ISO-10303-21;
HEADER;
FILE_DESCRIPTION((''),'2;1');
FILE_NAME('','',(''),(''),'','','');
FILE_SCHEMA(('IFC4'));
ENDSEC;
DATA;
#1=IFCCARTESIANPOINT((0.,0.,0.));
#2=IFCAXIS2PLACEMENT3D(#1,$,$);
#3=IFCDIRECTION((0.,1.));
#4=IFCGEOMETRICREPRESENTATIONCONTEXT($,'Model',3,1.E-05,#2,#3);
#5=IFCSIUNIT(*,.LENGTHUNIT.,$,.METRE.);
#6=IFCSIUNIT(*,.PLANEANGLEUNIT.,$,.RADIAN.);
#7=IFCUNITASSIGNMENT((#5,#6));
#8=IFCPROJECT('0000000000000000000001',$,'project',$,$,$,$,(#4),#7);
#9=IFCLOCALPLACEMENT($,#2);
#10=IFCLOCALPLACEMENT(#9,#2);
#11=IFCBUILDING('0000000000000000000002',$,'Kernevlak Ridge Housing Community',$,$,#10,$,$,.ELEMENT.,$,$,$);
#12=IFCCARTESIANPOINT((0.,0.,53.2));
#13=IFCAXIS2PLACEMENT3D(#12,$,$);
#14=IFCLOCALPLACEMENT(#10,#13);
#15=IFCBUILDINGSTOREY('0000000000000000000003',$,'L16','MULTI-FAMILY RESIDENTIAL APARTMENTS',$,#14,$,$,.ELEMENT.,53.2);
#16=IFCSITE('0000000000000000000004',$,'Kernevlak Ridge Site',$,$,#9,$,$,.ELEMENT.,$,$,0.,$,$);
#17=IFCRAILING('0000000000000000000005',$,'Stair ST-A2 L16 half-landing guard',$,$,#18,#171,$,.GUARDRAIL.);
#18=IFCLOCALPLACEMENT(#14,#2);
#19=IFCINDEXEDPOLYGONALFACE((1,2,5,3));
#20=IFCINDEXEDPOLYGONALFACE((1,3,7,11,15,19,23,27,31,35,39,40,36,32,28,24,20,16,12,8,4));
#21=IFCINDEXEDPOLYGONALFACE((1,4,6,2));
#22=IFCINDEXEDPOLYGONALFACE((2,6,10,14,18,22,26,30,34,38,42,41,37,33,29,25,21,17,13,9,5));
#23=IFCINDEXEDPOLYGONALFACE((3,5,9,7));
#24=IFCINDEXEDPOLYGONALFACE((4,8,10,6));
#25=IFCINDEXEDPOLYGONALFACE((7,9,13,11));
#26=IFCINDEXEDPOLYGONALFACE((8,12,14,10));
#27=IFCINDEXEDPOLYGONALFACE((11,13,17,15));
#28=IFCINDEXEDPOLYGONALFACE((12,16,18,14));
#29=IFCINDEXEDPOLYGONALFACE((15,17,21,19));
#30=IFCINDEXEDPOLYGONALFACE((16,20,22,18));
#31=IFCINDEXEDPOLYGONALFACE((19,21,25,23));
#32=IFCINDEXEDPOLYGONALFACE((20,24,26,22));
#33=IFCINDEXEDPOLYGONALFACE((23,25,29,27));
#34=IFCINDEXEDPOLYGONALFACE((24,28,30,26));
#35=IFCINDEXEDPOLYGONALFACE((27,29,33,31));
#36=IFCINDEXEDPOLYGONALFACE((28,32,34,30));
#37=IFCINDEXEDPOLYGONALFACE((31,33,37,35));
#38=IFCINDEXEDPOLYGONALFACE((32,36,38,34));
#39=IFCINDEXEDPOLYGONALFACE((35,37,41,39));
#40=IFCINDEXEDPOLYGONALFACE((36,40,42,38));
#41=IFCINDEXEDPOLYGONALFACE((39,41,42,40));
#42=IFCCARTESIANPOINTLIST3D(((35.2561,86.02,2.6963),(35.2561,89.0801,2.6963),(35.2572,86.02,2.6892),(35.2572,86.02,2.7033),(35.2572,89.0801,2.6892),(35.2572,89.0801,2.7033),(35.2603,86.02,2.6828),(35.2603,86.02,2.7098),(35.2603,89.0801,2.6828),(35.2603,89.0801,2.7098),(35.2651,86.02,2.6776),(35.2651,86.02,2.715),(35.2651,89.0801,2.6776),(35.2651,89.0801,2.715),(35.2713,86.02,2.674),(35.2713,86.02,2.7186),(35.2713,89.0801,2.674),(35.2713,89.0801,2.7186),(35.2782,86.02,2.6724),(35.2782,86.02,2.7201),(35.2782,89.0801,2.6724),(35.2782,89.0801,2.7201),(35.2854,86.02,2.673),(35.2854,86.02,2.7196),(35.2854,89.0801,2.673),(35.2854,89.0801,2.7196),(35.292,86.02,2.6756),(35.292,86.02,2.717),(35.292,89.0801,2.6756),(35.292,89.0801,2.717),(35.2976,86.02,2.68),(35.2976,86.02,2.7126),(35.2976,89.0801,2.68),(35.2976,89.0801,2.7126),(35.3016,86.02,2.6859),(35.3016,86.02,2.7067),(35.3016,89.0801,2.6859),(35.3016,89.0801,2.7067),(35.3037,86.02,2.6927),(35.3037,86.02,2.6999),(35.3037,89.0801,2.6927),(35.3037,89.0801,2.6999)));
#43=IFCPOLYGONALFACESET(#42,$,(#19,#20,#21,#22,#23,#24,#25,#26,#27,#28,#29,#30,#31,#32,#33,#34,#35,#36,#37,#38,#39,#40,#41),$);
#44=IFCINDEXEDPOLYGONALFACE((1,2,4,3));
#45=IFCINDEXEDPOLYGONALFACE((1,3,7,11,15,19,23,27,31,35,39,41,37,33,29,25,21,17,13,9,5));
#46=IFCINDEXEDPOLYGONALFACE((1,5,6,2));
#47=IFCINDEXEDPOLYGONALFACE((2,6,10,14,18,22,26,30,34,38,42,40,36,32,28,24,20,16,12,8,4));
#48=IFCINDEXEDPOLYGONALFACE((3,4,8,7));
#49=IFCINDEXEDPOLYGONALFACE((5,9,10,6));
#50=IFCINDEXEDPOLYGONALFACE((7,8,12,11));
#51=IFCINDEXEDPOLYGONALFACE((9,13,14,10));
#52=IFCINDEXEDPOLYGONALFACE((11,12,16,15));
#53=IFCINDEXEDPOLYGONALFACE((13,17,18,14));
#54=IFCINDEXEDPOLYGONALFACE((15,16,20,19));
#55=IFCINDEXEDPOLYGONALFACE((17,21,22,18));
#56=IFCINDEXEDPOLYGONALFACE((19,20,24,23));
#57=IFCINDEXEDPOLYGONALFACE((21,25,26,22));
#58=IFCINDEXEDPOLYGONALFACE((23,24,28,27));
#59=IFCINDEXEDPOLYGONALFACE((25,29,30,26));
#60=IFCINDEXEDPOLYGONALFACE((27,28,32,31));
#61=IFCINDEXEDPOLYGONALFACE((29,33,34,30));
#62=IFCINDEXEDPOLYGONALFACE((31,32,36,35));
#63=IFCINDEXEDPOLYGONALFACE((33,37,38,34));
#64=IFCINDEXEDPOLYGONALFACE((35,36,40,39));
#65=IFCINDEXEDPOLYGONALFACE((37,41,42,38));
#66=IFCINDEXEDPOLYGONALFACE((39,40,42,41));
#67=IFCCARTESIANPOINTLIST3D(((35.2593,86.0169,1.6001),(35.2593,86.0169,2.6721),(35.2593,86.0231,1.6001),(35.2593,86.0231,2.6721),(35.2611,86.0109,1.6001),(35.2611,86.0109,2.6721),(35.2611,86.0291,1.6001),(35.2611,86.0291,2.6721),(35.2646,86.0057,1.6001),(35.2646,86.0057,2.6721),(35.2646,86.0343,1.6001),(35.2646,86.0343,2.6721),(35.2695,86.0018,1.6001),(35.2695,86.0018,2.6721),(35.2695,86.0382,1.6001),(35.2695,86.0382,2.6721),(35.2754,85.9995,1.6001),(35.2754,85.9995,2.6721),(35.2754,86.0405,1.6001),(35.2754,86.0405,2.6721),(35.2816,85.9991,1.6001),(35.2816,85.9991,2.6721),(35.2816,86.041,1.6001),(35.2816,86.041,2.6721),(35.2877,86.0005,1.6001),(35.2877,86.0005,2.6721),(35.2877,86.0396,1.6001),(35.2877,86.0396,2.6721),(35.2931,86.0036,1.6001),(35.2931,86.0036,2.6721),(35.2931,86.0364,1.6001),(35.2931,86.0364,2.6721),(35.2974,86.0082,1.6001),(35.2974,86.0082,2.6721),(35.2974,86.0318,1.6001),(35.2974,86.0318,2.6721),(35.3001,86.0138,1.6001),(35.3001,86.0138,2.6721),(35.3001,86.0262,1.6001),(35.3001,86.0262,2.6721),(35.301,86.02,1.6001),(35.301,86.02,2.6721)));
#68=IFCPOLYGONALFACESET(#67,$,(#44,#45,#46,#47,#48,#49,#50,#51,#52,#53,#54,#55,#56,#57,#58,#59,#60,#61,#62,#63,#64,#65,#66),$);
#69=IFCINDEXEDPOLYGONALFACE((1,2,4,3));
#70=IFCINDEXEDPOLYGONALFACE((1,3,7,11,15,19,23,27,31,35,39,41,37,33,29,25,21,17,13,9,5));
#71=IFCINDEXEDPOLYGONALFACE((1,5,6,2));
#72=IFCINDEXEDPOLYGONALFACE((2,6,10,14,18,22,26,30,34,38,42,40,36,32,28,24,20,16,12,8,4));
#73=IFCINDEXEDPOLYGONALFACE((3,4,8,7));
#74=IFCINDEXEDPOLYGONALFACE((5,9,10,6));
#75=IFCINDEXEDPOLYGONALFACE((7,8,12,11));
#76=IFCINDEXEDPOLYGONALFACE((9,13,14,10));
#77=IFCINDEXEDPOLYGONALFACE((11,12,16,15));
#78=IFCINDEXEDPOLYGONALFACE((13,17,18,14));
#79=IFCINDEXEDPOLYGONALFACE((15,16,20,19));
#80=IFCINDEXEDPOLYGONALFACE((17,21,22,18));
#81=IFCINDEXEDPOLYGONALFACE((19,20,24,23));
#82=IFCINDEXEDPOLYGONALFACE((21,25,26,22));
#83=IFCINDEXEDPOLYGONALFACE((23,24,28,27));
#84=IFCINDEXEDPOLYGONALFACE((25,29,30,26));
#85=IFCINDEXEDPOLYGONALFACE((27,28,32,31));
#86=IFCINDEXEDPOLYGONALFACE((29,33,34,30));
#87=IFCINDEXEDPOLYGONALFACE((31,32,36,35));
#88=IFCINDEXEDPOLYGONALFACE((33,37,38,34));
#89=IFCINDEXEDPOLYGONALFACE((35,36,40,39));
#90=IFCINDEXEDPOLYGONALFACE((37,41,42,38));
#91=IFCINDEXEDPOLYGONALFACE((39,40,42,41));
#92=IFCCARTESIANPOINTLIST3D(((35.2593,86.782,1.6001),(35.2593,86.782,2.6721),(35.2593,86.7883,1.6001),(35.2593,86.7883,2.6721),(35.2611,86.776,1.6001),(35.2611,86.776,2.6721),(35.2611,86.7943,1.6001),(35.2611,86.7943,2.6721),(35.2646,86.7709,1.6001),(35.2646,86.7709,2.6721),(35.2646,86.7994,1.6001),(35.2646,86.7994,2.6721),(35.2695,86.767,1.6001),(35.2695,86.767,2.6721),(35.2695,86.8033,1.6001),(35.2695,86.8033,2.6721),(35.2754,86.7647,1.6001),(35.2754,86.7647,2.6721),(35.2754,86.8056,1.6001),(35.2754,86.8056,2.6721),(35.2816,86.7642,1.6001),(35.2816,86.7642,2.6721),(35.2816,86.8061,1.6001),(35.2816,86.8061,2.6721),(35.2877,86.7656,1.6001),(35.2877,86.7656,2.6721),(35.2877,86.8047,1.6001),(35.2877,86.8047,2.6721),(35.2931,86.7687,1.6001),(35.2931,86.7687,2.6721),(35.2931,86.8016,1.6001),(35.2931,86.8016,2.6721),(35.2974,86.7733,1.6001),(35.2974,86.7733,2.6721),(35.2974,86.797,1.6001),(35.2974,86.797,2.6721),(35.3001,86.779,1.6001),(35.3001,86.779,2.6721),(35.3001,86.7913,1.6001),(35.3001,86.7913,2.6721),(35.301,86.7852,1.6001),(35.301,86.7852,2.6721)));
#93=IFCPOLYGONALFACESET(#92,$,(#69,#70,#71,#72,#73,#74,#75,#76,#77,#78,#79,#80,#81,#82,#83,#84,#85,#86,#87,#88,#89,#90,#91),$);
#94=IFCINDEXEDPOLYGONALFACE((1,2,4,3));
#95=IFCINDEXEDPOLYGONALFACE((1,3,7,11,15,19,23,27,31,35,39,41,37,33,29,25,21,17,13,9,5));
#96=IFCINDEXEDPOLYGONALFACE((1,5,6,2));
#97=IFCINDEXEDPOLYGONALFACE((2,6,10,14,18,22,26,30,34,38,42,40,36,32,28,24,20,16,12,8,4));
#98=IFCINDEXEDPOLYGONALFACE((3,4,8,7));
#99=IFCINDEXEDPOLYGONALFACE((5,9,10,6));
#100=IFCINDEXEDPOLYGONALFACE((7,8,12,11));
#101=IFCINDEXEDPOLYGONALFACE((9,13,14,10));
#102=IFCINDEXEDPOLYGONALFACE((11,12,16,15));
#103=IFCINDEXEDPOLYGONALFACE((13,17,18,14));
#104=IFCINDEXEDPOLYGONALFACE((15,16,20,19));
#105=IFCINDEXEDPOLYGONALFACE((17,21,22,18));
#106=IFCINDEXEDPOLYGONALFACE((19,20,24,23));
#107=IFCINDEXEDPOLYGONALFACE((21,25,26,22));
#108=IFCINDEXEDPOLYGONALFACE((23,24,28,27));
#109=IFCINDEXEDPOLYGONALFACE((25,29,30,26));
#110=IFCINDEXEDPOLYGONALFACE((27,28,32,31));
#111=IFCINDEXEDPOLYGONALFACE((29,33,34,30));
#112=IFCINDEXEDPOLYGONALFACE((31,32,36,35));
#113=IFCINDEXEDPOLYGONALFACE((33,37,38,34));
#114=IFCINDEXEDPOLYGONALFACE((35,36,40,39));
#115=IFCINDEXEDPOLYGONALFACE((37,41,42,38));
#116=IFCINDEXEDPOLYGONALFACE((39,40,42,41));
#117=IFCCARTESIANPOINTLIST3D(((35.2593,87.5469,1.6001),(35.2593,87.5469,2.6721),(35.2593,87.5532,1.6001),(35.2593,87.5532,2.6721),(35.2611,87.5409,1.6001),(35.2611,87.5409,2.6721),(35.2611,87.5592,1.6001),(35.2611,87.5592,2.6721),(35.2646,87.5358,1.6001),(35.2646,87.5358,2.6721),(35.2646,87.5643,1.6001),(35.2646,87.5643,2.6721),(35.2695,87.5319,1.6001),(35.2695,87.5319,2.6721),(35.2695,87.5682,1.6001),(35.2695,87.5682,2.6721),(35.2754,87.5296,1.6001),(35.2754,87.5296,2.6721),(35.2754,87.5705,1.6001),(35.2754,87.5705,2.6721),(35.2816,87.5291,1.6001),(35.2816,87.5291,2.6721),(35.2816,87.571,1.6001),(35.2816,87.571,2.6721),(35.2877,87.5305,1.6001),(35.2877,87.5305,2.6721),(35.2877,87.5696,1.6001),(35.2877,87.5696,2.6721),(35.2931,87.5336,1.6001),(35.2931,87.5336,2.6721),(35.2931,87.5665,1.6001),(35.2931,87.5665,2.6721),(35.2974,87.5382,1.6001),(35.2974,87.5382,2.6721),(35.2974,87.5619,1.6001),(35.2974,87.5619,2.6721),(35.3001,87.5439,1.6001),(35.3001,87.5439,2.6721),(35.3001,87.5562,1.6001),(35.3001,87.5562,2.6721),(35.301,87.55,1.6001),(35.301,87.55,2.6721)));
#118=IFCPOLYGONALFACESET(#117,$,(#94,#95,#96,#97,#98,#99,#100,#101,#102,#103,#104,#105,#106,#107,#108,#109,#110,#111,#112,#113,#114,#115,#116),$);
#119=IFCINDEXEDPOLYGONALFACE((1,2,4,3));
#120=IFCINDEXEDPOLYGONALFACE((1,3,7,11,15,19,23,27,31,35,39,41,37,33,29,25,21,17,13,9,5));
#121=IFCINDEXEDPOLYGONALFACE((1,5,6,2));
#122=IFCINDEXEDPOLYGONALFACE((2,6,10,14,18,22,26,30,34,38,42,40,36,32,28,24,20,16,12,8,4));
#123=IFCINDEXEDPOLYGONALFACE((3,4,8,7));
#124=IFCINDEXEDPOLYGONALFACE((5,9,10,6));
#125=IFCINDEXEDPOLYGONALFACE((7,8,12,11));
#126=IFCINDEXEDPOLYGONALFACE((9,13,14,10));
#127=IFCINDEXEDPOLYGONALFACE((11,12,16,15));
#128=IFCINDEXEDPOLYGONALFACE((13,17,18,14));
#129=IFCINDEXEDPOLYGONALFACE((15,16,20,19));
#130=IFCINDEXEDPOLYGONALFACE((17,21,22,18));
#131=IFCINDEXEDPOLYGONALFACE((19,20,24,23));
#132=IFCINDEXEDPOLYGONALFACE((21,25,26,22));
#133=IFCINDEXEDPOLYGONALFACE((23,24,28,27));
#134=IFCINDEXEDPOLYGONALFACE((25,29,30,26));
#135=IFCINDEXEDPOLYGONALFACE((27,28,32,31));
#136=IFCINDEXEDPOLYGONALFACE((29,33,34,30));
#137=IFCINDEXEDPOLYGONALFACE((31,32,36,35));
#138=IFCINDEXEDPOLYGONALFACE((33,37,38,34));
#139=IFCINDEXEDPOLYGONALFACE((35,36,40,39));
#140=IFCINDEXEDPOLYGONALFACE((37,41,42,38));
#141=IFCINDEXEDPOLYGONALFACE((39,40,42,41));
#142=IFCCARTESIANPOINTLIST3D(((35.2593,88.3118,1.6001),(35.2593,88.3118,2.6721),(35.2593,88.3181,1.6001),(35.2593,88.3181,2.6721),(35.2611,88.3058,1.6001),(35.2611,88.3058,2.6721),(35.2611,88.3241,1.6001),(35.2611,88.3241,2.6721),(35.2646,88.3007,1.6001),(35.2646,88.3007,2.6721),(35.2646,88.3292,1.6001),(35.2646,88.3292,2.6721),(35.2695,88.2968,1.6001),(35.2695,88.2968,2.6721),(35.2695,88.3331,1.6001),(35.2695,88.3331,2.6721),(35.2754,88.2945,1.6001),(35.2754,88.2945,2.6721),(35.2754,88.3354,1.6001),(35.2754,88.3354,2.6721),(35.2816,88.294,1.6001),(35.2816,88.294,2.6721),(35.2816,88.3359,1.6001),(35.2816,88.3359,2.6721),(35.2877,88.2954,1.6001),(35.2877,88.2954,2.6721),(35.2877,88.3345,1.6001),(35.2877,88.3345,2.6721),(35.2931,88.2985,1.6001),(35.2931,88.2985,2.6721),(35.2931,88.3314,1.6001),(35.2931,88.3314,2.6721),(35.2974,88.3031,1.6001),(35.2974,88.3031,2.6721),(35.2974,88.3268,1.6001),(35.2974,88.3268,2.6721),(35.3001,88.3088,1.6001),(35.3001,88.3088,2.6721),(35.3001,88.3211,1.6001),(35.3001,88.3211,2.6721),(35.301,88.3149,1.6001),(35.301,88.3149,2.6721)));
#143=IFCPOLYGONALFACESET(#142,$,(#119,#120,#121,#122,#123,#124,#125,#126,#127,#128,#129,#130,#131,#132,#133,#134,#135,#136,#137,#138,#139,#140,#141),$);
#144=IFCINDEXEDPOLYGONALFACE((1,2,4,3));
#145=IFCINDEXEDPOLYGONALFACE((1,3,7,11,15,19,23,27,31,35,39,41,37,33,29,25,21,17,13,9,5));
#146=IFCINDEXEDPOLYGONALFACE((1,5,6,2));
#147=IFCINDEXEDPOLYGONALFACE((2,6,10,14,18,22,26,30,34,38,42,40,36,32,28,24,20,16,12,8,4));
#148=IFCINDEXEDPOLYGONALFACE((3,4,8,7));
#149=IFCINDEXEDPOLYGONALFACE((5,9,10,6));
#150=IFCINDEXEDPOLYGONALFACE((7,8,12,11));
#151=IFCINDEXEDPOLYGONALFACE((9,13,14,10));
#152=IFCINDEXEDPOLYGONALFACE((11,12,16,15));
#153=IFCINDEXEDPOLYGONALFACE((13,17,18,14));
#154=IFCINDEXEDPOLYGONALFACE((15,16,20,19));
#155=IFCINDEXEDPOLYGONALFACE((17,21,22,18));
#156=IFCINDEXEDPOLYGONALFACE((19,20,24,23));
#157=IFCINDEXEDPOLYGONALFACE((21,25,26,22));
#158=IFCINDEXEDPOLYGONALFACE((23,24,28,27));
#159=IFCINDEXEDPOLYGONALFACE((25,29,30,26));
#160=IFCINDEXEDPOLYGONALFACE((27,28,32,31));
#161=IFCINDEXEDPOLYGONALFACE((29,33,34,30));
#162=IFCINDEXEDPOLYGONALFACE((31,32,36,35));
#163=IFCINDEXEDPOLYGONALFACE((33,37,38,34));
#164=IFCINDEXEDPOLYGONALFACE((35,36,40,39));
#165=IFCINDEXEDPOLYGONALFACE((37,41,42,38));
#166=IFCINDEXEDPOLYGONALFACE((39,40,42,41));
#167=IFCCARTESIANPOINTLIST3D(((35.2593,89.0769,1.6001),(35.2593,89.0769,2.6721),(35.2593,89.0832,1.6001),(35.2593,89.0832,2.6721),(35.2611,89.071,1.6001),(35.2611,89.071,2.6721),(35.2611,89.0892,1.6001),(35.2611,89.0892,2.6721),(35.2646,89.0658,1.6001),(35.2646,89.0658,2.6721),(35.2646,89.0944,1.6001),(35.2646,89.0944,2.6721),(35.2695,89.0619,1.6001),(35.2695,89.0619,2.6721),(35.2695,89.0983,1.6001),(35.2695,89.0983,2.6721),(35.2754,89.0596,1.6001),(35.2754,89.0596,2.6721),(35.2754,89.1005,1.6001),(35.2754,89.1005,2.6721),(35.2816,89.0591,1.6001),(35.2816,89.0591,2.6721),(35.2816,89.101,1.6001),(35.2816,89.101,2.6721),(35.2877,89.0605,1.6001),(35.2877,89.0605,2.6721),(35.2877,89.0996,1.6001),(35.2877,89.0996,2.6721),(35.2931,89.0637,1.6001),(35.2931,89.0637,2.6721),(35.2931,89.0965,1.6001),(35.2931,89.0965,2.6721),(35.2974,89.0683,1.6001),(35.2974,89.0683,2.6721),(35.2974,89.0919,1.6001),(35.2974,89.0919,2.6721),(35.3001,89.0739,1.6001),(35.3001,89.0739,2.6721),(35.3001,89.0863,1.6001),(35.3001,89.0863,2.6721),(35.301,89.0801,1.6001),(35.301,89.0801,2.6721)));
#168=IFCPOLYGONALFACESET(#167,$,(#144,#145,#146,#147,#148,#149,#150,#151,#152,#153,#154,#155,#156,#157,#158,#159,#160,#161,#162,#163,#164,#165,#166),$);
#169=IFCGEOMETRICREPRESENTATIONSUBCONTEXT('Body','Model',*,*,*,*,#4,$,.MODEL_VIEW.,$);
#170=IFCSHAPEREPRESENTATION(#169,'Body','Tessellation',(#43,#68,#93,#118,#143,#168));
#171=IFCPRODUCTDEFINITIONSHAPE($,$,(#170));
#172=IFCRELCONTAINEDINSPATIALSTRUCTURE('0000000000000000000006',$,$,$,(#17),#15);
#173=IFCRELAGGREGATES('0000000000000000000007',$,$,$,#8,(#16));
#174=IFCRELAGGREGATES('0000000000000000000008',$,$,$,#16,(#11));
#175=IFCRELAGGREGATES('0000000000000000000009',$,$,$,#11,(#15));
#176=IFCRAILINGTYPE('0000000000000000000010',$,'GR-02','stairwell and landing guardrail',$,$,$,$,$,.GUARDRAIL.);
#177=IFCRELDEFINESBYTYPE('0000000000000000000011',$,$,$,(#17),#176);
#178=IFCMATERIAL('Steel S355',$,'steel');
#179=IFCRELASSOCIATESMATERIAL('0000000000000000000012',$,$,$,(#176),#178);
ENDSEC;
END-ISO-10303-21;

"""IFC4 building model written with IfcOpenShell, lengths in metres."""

from ifc_helpers import new_model, si_unit, direction, frame, origin, origin_2d, place, context, subcontext, project, spatial, circle, extrude, material, type_object, element, save


model = new_model("IFC4")

# Units and contexts
model_context = context("Model", 3, precision=1e-05, world=origin(), true_north=direction((0.0, 1.0)))
body_context = subcontext(model_context, "Body", "Model", "MODEL_VIEW")
ifc_project = project(units=[si_unit("LENGTHUNIT", "METRE"), si_unit("PLANEANGLEUNIT", "RADIAN")], contexts=[model_context])

# Site, building, storey
site_placement = place(None, origin())
site = spatial("IfcSite", under=ifc_project, at=site_placement, Name="Kernevlak Ridge Site", CompositionType="ELEMENT", RefElevation=0.0)
building_placement = place(site_placement, origin())
building = spatial("IfcBuilding", under=site, at=building_placement, Name="Kernevlak Ridge Housing Community", CompositionType="ELEMENT")
storey_placement = place(building_placement, frame((0.0, 0.0, 53.2)))
storey = spatial("IfcBuildingStorey", under=building, at=storey_placement, Name="L16", Description="MULTI-FAMILY RESIDENTIAL APARTMENTS", CompositionType="ELEMENT", Elevation=53.2)

# Railing
ifc_material_1 = material(Name="Steel S355", Category="steel")
railing_type_1 = type_object("IfcRailingType", Name="GR-02", Description="stairwell and landing guardrail", PredefinedType="GUARDRAIL", material=ifc_material_1)
railing_1_placement = place(storey_placement, frame((35.28, 86.02, 1.6001)))
element("IfcRailing", 1, at=railing_1_placement, inside=storey, type_object=railing_type_1, Name="Stair ST-A2 L16 half-landing guard", PredefinedType="GUARDRAIL", context=body_context, shape_type="SweptSolid", body=[
    extrude(circle(Radius=0.0239, at=origin_2d()), frame((0.0, 0.0, 1.0962), z_axis=(0.0, 1.0, 0.0), x_axis=(-1.0, 0.0, 0.0)), (0.0, 0.0, 1.0), 3.0601),
    extrude(circle(Radius=0.021, at=origin_2d()), origin(), (0.0, 0.0, 1.0), 1.072),
    extrude(circle(Radius=0.021, at=origin_2d()), frame((0.0, 0.7651, 0.0)), (0.0, 0.0, 1.0), 1.072),
    extrude(circle(Radius=0.021, at=origin_2d()), frame((0.0, 1.53, 0.0)), (0.0, 0.0, 1.0), 1.072),
    extrude(circle(Radius=0.021, at=origin_2d()), frame((0.0, 2.2949, 0.0)), (0.0, 0.0, 1.0), 1.072),
    extrude(circle(Radius=0.021, at=origin_2d()), frame((0.0, 3.0601, 0.0)), (0.0, 0.0, 1.0), 1.072),
])

save(model, "model.ifc")
